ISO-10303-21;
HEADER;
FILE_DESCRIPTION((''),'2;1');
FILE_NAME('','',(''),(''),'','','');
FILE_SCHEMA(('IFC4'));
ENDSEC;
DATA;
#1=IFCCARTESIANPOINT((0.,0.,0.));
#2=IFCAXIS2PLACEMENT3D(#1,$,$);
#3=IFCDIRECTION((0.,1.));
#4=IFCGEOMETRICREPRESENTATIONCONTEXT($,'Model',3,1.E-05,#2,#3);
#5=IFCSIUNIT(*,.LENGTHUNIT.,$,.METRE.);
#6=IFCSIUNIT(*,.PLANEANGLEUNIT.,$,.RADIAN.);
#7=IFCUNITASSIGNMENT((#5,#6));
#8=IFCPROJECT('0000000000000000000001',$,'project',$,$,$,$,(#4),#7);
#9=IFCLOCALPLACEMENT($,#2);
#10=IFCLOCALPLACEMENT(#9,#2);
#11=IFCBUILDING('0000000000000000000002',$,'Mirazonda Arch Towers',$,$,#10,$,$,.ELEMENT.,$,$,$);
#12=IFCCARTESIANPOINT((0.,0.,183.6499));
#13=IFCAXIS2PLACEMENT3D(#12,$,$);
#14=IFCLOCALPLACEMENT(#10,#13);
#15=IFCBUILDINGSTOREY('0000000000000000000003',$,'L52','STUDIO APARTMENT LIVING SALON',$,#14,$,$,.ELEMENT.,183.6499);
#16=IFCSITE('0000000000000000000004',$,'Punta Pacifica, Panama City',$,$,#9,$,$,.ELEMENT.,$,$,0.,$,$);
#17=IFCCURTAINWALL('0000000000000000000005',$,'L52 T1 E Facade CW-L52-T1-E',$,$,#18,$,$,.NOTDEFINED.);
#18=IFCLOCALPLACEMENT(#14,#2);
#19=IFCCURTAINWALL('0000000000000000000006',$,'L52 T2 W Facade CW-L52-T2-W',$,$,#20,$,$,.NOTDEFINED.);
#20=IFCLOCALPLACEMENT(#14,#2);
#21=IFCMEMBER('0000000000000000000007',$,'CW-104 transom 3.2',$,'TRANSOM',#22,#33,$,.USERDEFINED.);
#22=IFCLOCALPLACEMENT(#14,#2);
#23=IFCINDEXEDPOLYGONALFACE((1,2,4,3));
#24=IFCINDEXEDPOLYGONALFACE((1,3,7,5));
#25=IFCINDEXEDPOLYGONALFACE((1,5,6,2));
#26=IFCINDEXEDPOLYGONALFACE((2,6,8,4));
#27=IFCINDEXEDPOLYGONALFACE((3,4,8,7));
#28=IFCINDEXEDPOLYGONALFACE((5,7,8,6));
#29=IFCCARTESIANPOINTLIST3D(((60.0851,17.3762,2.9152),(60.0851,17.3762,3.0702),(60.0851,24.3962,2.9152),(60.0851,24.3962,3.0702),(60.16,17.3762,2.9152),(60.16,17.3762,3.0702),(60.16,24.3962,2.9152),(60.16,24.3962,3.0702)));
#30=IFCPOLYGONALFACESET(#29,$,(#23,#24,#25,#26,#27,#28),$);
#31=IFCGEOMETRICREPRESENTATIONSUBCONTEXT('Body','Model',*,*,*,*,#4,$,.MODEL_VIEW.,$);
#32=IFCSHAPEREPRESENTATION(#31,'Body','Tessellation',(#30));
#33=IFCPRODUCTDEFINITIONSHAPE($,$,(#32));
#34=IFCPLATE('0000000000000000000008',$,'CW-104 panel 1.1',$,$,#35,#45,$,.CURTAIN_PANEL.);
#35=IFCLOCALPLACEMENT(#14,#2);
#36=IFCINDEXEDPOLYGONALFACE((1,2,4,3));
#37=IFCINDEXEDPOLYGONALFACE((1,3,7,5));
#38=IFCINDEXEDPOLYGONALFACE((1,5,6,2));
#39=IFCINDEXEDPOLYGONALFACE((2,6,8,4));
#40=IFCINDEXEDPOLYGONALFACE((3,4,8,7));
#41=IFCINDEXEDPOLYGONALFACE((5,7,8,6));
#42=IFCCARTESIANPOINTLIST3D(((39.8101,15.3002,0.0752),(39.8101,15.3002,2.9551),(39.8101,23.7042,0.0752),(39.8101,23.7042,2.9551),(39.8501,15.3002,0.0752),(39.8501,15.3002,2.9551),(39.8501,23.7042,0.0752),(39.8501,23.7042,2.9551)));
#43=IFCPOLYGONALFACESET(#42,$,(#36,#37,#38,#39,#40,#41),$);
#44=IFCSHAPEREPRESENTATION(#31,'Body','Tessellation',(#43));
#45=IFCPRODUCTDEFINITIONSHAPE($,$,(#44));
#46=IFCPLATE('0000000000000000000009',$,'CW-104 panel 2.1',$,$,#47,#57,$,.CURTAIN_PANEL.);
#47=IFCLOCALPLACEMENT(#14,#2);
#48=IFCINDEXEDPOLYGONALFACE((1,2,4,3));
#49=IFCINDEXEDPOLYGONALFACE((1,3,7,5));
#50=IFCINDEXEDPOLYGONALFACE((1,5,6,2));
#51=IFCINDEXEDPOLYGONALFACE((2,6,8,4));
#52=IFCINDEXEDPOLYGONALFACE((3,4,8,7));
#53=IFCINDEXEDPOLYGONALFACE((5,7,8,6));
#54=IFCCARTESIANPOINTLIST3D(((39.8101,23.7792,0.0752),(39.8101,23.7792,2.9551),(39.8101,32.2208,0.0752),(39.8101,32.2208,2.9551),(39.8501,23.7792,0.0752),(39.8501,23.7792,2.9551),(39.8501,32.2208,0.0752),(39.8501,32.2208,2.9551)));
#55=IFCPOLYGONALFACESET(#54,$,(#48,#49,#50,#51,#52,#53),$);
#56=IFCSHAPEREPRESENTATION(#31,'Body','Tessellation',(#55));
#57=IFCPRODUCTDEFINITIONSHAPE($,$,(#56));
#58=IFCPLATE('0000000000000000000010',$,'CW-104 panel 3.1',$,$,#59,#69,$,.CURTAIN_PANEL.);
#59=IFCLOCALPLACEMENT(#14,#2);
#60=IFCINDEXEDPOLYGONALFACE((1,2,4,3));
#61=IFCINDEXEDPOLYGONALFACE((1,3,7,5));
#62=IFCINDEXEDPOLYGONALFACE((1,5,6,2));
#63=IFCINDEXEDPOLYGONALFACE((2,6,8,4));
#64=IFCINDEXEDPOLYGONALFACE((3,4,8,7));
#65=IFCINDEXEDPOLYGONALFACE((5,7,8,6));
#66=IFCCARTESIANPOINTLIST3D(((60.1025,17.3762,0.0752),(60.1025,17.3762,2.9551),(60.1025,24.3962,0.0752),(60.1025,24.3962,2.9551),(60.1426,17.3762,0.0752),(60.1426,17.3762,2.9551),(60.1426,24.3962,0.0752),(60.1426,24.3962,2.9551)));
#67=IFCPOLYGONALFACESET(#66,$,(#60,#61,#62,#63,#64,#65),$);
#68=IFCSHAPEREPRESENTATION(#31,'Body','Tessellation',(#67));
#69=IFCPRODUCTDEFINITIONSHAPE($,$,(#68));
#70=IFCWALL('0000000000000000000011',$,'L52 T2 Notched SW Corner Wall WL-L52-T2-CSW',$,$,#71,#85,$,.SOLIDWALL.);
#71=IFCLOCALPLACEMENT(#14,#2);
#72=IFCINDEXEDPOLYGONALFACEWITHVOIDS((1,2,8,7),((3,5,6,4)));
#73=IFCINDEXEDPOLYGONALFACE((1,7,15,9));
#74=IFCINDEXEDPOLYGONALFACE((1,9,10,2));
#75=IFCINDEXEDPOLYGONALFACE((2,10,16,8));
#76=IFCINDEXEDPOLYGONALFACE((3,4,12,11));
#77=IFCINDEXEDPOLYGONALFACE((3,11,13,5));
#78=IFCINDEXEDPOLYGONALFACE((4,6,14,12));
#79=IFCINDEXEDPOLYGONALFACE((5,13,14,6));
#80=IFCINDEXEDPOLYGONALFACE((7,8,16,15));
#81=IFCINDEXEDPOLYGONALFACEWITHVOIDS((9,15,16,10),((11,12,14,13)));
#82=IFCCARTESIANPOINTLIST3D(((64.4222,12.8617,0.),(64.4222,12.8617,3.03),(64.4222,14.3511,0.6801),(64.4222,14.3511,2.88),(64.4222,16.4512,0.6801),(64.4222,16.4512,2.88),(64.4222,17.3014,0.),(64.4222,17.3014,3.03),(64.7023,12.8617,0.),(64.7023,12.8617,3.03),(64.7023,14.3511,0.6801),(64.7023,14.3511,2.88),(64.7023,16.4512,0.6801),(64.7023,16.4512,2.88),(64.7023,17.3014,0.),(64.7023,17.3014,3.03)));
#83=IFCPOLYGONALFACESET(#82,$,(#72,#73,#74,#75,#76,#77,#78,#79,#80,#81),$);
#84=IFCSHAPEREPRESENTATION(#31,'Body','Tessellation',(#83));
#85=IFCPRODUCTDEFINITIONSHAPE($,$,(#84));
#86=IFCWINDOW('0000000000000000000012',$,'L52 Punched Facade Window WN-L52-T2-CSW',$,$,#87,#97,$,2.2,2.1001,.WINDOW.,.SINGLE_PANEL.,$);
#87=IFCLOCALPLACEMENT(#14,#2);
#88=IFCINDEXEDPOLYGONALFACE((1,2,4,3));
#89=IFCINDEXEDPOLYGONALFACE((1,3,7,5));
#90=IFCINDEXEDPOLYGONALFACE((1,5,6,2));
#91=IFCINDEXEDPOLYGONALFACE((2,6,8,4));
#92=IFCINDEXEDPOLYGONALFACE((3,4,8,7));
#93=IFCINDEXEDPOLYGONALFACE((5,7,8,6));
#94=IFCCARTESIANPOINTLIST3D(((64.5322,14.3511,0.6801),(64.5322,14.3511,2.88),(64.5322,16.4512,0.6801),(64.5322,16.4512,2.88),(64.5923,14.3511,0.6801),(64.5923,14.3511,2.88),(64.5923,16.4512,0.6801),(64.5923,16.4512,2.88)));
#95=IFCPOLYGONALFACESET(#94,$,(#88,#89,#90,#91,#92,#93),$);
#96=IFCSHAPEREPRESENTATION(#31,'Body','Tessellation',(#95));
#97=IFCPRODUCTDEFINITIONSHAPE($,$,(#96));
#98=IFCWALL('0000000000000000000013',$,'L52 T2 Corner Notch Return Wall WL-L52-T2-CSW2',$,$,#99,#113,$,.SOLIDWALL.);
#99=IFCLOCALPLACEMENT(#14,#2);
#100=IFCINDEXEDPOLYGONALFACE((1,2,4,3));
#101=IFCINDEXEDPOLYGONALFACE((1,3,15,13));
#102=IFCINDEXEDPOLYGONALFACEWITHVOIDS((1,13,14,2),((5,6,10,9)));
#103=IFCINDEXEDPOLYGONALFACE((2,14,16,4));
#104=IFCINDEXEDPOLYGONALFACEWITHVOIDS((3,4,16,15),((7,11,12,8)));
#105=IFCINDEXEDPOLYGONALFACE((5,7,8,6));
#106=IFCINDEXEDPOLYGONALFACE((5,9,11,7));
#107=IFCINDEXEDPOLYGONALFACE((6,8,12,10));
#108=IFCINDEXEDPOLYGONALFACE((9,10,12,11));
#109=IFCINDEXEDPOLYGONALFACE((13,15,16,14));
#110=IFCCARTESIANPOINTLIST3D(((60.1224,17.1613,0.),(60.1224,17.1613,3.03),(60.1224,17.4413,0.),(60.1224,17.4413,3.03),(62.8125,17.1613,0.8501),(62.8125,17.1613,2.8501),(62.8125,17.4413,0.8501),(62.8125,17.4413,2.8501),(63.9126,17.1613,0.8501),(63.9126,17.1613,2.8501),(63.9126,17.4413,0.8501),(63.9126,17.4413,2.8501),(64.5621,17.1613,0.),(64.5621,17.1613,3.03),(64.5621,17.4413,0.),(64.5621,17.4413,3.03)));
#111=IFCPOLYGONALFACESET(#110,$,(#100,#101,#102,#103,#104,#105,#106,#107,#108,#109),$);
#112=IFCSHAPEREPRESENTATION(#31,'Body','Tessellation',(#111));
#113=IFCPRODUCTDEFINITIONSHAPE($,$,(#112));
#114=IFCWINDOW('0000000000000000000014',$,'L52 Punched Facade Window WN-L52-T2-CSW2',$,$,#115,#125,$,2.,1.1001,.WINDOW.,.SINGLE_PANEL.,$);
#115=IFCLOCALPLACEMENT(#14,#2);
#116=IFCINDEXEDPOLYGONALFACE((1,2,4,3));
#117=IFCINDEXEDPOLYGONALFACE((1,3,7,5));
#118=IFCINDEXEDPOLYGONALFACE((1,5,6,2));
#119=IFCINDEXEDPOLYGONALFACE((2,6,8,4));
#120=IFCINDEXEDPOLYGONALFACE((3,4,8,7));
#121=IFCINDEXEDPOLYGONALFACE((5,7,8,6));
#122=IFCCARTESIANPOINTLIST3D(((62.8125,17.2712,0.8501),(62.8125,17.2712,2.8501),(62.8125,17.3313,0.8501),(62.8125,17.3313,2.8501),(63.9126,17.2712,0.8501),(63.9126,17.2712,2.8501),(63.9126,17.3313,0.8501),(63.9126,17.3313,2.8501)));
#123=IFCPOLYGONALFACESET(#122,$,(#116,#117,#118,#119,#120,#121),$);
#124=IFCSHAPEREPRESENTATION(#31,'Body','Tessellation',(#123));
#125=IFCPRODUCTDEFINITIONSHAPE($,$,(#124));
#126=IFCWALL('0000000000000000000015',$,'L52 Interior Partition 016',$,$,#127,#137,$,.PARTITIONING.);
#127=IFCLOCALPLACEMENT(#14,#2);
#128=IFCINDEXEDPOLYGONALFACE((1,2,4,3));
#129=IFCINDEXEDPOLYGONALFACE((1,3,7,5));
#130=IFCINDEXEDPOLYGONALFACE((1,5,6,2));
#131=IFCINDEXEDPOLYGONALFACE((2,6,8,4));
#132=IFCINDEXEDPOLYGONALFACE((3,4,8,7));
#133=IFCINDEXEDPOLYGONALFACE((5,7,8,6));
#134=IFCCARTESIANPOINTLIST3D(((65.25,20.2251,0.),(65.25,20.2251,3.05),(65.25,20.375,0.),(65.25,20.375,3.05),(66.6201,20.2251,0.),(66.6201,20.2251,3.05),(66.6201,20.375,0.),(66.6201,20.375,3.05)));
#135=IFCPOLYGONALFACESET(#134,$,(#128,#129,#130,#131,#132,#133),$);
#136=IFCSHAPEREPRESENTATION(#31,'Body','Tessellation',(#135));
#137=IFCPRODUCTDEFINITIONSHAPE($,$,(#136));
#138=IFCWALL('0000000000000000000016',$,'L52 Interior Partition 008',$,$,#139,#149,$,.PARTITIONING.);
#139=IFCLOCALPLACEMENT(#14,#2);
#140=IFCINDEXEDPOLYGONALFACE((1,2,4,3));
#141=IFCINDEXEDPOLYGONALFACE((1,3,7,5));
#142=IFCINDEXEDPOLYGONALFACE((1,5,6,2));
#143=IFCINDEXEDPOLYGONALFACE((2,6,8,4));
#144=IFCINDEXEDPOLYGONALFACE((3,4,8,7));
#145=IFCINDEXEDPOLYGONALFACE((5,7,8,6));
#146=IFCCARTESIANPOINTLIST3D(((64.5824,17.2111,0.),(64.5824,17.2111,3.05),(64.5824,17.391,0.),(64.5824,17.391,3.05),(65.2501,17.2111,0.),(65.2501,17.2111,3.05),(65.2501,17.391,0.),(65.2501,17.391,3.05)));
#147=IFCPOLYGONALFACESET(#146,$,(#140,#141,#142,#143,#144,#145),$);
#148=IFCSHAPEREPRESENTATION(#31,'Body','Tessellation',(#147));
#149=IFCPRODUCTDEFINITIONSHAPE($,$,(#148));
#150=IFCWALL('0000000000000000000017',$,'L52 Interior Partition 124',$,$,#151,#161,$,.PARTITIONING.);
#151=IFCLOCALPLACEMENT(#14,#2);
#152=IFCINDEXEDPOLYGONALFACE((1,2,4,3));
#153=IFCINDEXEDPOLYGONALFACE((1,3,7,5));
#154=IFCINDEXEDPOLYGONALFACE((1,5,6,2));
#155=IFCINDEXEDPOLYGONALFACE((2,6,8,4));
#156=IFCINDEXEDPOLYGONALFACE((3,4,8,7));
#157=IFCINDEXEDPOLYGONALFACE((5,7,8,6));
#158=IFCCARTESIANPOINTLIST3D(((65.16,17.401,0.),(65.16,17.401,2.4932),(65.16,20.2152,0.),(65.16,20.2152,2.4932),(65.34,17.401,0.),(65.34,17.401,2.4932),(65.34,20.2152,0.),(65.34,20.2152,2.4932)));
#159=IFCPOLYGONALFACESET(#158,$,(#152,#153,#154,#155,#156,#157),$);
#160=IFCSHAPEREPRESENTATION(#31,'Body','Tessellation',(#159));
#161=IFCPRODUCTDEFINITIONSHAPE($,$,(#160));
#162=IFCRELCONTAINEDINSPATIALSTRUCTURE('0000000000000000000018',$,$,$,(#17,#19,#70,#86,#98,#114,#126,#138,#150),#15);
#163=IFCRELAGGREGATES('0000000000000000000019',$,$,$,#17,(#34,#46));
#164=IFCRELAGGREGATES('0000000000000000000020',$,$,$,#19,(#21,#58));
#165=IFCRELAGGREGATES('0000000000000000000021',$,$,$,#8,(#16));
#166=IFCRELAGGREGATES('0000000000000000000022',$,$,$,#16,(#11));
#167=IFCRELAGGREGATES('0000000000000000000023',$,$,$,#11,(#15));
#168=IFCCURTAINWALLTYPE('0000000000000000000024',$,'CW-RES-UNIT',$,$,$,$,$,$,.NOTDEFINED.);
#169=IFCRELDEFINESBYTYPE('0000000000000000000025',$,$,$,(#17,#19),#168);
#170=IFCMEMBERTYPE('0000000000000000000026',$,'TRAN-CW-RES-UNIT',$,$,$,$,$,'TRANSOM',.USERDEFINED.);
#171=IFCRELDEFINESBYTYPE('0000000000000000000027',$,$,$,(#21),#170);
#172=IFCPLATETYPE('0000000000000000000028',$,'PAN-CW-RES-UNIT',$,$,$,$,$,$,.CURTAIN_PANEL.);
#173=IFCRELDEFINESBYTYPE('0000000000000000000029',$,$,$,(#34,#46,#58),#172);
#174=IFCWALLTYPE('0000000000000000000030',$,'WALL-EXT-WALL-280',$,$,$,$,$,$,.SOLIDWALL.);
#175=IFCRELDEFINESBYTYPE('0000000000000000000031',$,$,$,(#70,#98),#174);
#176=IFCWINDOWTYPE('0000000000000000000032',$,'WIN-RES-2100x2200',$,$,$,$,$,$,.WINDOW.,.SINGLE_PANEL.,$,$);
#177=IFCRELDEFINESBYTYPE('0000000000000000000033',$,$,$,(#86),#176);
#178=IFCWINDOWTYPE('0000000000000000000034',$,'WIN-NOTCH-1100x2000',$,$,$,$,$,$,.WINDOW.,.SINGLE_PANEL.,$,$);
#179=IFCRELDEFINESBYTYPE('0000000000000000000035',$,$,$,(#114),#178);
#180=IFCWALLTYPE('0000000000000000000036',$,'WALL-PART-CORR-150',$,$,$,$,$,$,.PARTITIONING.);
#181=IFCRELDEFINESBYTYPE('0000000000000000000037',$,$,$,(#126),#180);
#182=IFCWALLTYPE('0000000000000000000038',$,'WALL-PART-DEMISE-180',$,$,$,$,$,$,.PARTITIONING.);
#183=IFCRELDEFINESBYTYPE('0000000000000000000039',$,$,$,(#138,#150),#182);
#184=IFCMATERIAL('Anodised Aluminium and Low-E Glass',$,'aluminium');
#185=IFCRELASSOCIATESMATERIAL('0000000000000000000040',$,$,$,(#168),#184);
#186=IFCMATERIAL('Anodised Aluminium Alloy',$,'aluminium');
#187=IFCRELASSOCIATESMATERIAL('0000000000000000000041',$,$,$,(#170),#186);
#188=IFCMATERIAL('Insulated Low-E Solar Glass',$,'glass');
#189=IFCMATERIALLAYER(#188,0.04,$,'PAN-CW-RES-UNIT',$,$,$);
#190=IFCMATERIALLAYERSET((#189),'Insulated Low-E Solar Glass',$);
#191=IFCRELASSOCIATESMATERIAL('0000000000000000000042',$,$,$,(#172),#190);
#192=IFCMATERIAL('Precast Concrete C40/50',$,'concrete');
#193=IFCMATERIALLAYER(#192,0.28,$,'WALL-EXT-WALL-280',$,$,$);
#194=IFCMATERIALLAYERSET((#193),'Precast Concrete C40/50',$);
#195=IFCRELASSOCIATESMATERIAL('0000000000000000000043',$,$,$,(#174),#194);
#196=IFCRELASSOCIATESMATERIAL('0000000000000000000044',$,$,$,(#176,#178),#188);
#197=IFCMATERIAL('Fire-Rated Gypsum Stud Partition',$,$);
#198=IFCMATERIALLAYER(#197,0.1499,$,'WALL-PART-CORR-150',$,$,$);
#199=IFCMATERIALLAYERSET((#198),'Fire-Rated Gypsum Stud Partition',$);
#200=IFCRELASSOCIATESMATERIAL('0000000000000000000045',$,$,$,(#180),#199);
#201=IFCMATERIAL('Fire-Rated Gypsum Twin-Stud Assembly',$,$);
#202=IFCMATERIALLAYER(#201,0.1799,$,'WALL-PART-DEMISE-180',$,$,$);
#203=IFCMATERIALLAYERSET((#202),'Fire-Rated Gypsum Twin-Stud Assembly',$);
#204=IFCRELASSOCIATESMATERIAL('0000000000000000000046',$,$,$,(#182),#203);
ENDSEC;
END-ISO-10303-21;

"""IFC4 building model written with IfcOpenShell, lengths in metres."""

from ifc_helpers import new_model, si_unit, direction, frame, frame_2d, origin, origin_2d, place, context, subcontext, project, spatial, rectangle, extrude, material, layer, layer_set, material_profile, profile_set, type_object, element, fill, aggregate, save


model = new_model("IFC4")

# Units and contexts
model_context = context("Model", 3, precision=1e-05, world=origin(), true_north=direction((0.0, 1.0)))
body_context = subcontext(model_context, "Body", "Model", "MODEL_VIEW")
ifc_project = project(units=[si_unit("LENGTHUNIT", "METRE"), si_unit("PLANEANGLEUNIT", "RADIAN")], contexts=[model_context])

# Site, building, storey
site_placement = place(None, origin())
site = spatial("IfcSite", under=ifc_project, at=site_placement, Name="Punta Pacifica, Panama City", CompositionType="ELEMENT", RefElevation=0.0)
building_placement = place(site_placement, origin())
building = spatial("IfcBuilding", under=site, at=building_placement, Name="Mirazonda Arch Towers", CompositionType="ELEMENT")
storey_placement = place(building_placement, frame((0.0, 0.0, 183.6499)))
storey = spatial("IfcBuildingStorey", under=building, at=storey_placement, Name="L52", Description="STUDIO APARTMENT LIVING SALON", CompositionType="ELEMENT", Elevation=183.6499)

# Curtain wall
ifc_material_1 = material(Name="Anodised Aluminium and Low-E Glass", Category="aluminium")
curtain_wall_type = type_object("IfcCurtainWallType", Name="CW-RES-UNIT", PredefinedType="NOTDEFINED", material=ifc_material_1)
curtain_wall_1_placement = place(storey_placement, origin())
curtain_wall_1 = element("IfcCurtainWall", 1, at=curtain_wall_1_placement, inside=storey, type_object=curtain_wall_type, Name="L52 T1 E Facade CW-L52-T1-E", PredefinedType="NOTDEFINED")
ifc_material_2 = material(Name="Anodised Aluminium Alloy", Category="aluminium")

# Curtain wall
curtain_wall_2_placement = place(storey_placement, origin())
curtain_wall_2 = element("IfcCurtainWall", 2, at=curtain_wall_2_placement, inside=storey, type_object=curtain_wall_type, Name="L52 T2 W Facade CW-L52-T2-W", PredefinedType="NOTDEFINED")

# Member
ifc_material_profile_1 = material_profile(ifc_material_2, rectangle(XDim=0.075, YDim=0.155, at=origin_2d()), Name="ALU-TRAN-75x155")
ifc_profile_set_1 = profile_set([ifc_material_profile_1], Name="Anodised Aluminium Alloy")
member_type_1 = type_object("IfcMemberType", Name="TRAN-CW-RES-UNIT", ElementType="TRANSOM", PredefinedType="USERDEFINED", material=ifc_profile_set_1)
member_1_placement = place(storey_placement, frame((60.1226, 24.3962, 2.9927), z_axis=(0.0, -1.0, 0.0), x_axis=(1.0, 0.0, 0.0)))
member_1 = element("IfcMember", 3, at=member_1_placement, type_object=member_type_1, Name="CW-104 transom 3.2", ObjectType="TRANSOM", PredefinedType="USERDEFINED", context=body_context, shape_type="SweptSolid", body=[
    extrude(rectangle(XDim=0.075, YDim=0.155, at=origin_2d()), origin(), (0.0, 0.0, 1.0), 7.02),
])

# Plates
ifc_material_3 = material(Name="Insulated Low-E Solar Glass", Category="glass")
ifc_layer_1 = layer(ifc_material_3, 0.04, Name="PAN-CW-RES-UNIT")
ifc_layer_set_1 = layer_set([ifc_layer_1], Name="Insulated Low-E Solar Glass")
plate_type = type_object("IfcPlateType", Name="PAN-CW-RES-UNIT", PredefinedType="CURTAIN_PANEL", material=ifc_layer_set_1)
plate_1_placement = place(storey_placement, frame((39.8301, 19.5022, 0.0752), z_axis=(0.0, 0.0, 1.0), x_axis=(0.0, 1.0, 0.0)))
plate_1 = element("IfcPlate", 4, at=plate_1_placement, type_object=plate_type, Name="CW-104 panel 1.1", PredefinedType="CURTAIN_PANEL", context=body_context, shape_type="SweptSolid", body=[
    extrude(rectangle(XDim=8.4041, YDim=0.04, at=origin_2d()), origin(), (0.0, 0.0, 1.0), 2.8799),
])
plate_2_placement = place(storey_placement, frame((39.8301, 28.0, 0.0752), z_axis=(0.0, 0.0, 1.0), x_axis=(0.0, 1.0, 0.0)))
plate_2 = element("IfcPlate", 5, at=plate_2_placement, type_object=plate_type, Name="CW-104 panel 2.1", PredefinedType="CURTAIN_PANEL", context=body_context, shape_type="SweptSolid", body=[
    extrude(rectangle(XDim=8.4417, YDim=0.04, at=origin_2d()), origin(), (0.0, 0.0, 1.0), 2.8799),
])
aggregate(curtain_wall_1, [plate_1, plate_2])
plate_3_placement = place(storey_placement, frame((60.1226, 20.8862, 0.0752), z_axis=(0.0, 0.0, 1.0), x_axis=(0.0, -1.0, 0.0)))
plate_3 = element("IfcPlate", 6, at=plate_3_placement, type_object=plate_type, Name="CW-104 panel 3.1", PredefinedType="CURTAIN_PANEL", context=body_context, shape_type="SweptSolid", body=[
    extrude(rectangle(XDim=7.02, YDim=0.04, at=origin_2d()), origin(), (0.0, 0.0, 1.0), 2.8799),
])
aggregate(curtain_wall_2, [member_1, plate_3])

# Walls, openings, windows
ifc_material_4 = material(Name="Precast Concrete C40/50", Category="concrete")
ifc_layer_2 = layer(ifc_material_4, 0.28, Name="WALL-EXT-WALL-280")
ifc_layer_set_2 = layer_set([ifc_layer_2], Name="Precast Concrete C40/50")
wall_type_1 = type_object("IfcWallType", Name="WALL-EXT-WALL-280", PredefinedType="SOLIDWALL", material=ifc_layer_set_2)
wall_1_placement = place(storey_placement, frame((64.5623, 17.3013, 0.0), z_axis=(0.0, 0.0, 1.0), x_axis=(0.0, -1.0, 0.0)))
wall_1 = element("IfcWall", 7, at=wall_1_placement, inside=storey, type_object=wall_type_1, Name="L52 T2 Notched SW Corner Wall WL-L52-T2-CSW", PredefinedType="SOLIDWALL", context=body_context, shape_type="SweptSolid", body=[
    extrude(rectangle(XDim=4.4397, YDim=0.28, at=frame_2d((2.2197, 0.0))), origin(), (0.0, 0.0, 1.0), 3.03),
])
opening_1_placement = place(wall_1_placement, frame((0.8501, 0.0, 0.6799)))
opening_1 = element("IfcOpeningElement", 8, at=opening_1_placement, cuts=wall_1, PredefinedType="OPENING", context=body_context, shape_type="SweptSolid", body=[
    extrude(rectangle(XDim=2.1001, YDim=2.2, at=frame_2d((1.05, 1.1001))), frame((0.0, 0.1499, 0.0), z_axis=(0.0, -1.0, 0.0), x_axis=(1.0, 0.0, 0.0)), (0.0, 0.0, 1.0), 0.3),
])
window_type_1 = type_object("IfcWindowType", Name="WIN-RES-2100x2200", PartitioningType="SINGLE_PANEL", PredefinedType="WINDOW", material=ifc_material_3)
window_1_placement = place(opening_1_placement, origin())
window_1 = element("IfcWindow", 9, at=window_1_placement, inside=storey, type_object=window_type_1, Name="L52 Punched Facade Window WN-L52-T2-CSW", OverallHeight=2.2, OverallWidth=2.1001, PartitioningType="SINGLE_PANEL", PredefinedType="WINDOW", context=body_context, shape_type="SweptSolid", body=[
    extrude(rectangle(XDim=2.1001, YDim=2.2, at=frame_2d((1.05, 1.1001))), frame((0.0, 0.03, 0.0), z_axis=(0.0, -1.0, 0.0), x_axis=(1.0, 0.0, 0.0)), (0.0, 0.0, 1.0), 0.0601),
])
fill(opening_1, window_1)
wall_2_placement = place(storey_placement, frame((60.1226, 17.3013, 0.0), z_axis=(0.0, 0.0, 1.0), x_axis=(1.0, 0.0, 0.0)))
wall_2 = element("IfcWall", 10, at=wall_2_placement, inside=storey, type_object=wall_type_1, Name="L52 T2 Corner Notch Return Wall WL-L52-T2-CSW2", PredefinedType="SOLIDWALL", context=body_context, shape_type="SweptSolid", body=[
    extrude(rectangle(XDim=4.4397, YDim=0.28, at=frame_2d((2.2197, 0.0))), origin(), (0.0, 0.0, 1.0), 3.03),
])
opening_2_placement = place(wall_2_placement, frame((2.6899, 0.0, 0.8501)))
opening_2 = element("IfcOpeningElement", 11, at=opening_2_placement, cuts=wall_2, PredefinedType="OPENING", context=body_context, shape_type="SweptSolid", body=[
    extrude(rectangle(XDim=1.1001, YDim=2.0, at=frame_2d((0.55, 1.0))), frame((0.0, 0.1499, 0.0), z_axis=(0.0, -1.0, 0.0), x_axis=(1.0, 0.0, 0.0)), (0.0, 0.0, 1.0), 0.3),
])
window_type_2 = type_object("IfcWindowType", Name="WIN-NOTCH-1100x2000", PartitioningType="SINGLE_PANEL", PredefinedType="WINDOW", material=ifc_material_3)
window_2_placement = place(opening_2_placement, origin())
window_2 = element("IfcWindow", 12, at=window_2_placement, inside=storey, type_object=window_type_2, Name="L52 Punched Facade Window WN-L52-T2-CSW2", OverallHeight=2.0, OverallWidth=1.1001, PartitioningType="SINGLE_PANEL", PredefinedType="WINDOW", context=body_context, shape_type="SweptSolid", body=[
    extrude(rectangle(XDim=1.1001, YDim=2.0, at=frame_2d((0.55, 1.0))), frame((0.0, 0.03, 0.0), z_axis=(0.0, -1.0, 0.0), x_axis=(1.0, 0.0, 0.0)), (0.0, 0.0, 1.0), 0.0601),
])
fill(opening_2, window_2)

# Walls
ifc_material_5 = material(Name="Fire-Rated Gypsum Stud Partition")
ifc_layer_3 = layer(ifc_material_5, 0.1499, Name="WALL-PART-CORR-150")
ifc_layer_set_3 = layer_set([ifc_layer_3], Name="Fire-Rated Gypsum Stud Partition")
wall_type_2 = type_object("IfcWallType", Name="WALL-PART-CORR-150", PredefinedType="PARTITIONING", material=ifc_layer_set_3)
wall_3_placement = place(storey_placement, frame((65.25, 20.3, 0.0), z_axis=(0.0, 0.0, 1.0), x_axis=(1.0, 0.0, 0.0)))
element("IfcWall", 13, at=wall_3_placement, inside=storey, type_object=wall_type_2, Name="L52 Interior Partition 016", PredefinedType="PARTITIONING", context=body_context, shape_type="SweptSolid", body=[
    extrude(rectangle(XDim=1.3701, YDim=0.1499, at=frame_2d((0.6851, 0.0))), origin(), (0.0, 0.0, 1.0), 3.05),
])
ifc_material_6 = material(Name="Fire-Rated Gypsum Twin-Stud Assembly")
ifc_layer_4 = layer(ifc_material_6, 0.1799, Name="WALL-PART-DEMISE-180")
ifc_layer_set_4 = layer_set([ifc_layer_4], Name="Fire-Rated Gypsum Twin-Stud Assembly")
wall_type_3 = type_object("IfcWallType", Name="WALL-PART-DEMISE-180", PredefinedType="PARTITIONING", material=ifc_layer_set_4)
wall_4_placement = place(storey_placement, frame((64.5823, 17.301, 0.0), z_axis=(0.0, 0.0, 1.0), x_axis=(1.0, 0.0, 0.0)))
element("IfcWall", 14, at=wall_4_placement, inside=storey, type_object=wall_type_3, Name="L52 Interior Partition 008", PredefinedType="PARTITIONING", context=body_context, shape_type="SweptSolid", body=[
    extrude(rectangle(XDim=0.6677, YDim=0.1799, at=frame_2d((0.334, 0.0))), origin(), (0.0, 0.0, 1.0), 3.05),
])

# Wall
wall_5_placement = place(storey_placement, frame((65.25, 17.4009, 0.0), z_axis=(0.0, 0.0, 1.0), x_axis=(0.0, 1.0, 0.0)))
element("IfcWall", 15, at=wall_5_placement, inside=storey, type_object=wall_type_3, Name="L52 Interior Partition 124", PredefinedType="PARTITIONING", context=body_context, shape_type="SweptSolid", body=[
    extrude(rectangle(XDim=2.8142, YDim=0.1799, at=frame_2d((1.4072, 0.0))), origin(), (0.0, 0.0, 1.0), 2.4932),
])

save(model, "model.ifc")
